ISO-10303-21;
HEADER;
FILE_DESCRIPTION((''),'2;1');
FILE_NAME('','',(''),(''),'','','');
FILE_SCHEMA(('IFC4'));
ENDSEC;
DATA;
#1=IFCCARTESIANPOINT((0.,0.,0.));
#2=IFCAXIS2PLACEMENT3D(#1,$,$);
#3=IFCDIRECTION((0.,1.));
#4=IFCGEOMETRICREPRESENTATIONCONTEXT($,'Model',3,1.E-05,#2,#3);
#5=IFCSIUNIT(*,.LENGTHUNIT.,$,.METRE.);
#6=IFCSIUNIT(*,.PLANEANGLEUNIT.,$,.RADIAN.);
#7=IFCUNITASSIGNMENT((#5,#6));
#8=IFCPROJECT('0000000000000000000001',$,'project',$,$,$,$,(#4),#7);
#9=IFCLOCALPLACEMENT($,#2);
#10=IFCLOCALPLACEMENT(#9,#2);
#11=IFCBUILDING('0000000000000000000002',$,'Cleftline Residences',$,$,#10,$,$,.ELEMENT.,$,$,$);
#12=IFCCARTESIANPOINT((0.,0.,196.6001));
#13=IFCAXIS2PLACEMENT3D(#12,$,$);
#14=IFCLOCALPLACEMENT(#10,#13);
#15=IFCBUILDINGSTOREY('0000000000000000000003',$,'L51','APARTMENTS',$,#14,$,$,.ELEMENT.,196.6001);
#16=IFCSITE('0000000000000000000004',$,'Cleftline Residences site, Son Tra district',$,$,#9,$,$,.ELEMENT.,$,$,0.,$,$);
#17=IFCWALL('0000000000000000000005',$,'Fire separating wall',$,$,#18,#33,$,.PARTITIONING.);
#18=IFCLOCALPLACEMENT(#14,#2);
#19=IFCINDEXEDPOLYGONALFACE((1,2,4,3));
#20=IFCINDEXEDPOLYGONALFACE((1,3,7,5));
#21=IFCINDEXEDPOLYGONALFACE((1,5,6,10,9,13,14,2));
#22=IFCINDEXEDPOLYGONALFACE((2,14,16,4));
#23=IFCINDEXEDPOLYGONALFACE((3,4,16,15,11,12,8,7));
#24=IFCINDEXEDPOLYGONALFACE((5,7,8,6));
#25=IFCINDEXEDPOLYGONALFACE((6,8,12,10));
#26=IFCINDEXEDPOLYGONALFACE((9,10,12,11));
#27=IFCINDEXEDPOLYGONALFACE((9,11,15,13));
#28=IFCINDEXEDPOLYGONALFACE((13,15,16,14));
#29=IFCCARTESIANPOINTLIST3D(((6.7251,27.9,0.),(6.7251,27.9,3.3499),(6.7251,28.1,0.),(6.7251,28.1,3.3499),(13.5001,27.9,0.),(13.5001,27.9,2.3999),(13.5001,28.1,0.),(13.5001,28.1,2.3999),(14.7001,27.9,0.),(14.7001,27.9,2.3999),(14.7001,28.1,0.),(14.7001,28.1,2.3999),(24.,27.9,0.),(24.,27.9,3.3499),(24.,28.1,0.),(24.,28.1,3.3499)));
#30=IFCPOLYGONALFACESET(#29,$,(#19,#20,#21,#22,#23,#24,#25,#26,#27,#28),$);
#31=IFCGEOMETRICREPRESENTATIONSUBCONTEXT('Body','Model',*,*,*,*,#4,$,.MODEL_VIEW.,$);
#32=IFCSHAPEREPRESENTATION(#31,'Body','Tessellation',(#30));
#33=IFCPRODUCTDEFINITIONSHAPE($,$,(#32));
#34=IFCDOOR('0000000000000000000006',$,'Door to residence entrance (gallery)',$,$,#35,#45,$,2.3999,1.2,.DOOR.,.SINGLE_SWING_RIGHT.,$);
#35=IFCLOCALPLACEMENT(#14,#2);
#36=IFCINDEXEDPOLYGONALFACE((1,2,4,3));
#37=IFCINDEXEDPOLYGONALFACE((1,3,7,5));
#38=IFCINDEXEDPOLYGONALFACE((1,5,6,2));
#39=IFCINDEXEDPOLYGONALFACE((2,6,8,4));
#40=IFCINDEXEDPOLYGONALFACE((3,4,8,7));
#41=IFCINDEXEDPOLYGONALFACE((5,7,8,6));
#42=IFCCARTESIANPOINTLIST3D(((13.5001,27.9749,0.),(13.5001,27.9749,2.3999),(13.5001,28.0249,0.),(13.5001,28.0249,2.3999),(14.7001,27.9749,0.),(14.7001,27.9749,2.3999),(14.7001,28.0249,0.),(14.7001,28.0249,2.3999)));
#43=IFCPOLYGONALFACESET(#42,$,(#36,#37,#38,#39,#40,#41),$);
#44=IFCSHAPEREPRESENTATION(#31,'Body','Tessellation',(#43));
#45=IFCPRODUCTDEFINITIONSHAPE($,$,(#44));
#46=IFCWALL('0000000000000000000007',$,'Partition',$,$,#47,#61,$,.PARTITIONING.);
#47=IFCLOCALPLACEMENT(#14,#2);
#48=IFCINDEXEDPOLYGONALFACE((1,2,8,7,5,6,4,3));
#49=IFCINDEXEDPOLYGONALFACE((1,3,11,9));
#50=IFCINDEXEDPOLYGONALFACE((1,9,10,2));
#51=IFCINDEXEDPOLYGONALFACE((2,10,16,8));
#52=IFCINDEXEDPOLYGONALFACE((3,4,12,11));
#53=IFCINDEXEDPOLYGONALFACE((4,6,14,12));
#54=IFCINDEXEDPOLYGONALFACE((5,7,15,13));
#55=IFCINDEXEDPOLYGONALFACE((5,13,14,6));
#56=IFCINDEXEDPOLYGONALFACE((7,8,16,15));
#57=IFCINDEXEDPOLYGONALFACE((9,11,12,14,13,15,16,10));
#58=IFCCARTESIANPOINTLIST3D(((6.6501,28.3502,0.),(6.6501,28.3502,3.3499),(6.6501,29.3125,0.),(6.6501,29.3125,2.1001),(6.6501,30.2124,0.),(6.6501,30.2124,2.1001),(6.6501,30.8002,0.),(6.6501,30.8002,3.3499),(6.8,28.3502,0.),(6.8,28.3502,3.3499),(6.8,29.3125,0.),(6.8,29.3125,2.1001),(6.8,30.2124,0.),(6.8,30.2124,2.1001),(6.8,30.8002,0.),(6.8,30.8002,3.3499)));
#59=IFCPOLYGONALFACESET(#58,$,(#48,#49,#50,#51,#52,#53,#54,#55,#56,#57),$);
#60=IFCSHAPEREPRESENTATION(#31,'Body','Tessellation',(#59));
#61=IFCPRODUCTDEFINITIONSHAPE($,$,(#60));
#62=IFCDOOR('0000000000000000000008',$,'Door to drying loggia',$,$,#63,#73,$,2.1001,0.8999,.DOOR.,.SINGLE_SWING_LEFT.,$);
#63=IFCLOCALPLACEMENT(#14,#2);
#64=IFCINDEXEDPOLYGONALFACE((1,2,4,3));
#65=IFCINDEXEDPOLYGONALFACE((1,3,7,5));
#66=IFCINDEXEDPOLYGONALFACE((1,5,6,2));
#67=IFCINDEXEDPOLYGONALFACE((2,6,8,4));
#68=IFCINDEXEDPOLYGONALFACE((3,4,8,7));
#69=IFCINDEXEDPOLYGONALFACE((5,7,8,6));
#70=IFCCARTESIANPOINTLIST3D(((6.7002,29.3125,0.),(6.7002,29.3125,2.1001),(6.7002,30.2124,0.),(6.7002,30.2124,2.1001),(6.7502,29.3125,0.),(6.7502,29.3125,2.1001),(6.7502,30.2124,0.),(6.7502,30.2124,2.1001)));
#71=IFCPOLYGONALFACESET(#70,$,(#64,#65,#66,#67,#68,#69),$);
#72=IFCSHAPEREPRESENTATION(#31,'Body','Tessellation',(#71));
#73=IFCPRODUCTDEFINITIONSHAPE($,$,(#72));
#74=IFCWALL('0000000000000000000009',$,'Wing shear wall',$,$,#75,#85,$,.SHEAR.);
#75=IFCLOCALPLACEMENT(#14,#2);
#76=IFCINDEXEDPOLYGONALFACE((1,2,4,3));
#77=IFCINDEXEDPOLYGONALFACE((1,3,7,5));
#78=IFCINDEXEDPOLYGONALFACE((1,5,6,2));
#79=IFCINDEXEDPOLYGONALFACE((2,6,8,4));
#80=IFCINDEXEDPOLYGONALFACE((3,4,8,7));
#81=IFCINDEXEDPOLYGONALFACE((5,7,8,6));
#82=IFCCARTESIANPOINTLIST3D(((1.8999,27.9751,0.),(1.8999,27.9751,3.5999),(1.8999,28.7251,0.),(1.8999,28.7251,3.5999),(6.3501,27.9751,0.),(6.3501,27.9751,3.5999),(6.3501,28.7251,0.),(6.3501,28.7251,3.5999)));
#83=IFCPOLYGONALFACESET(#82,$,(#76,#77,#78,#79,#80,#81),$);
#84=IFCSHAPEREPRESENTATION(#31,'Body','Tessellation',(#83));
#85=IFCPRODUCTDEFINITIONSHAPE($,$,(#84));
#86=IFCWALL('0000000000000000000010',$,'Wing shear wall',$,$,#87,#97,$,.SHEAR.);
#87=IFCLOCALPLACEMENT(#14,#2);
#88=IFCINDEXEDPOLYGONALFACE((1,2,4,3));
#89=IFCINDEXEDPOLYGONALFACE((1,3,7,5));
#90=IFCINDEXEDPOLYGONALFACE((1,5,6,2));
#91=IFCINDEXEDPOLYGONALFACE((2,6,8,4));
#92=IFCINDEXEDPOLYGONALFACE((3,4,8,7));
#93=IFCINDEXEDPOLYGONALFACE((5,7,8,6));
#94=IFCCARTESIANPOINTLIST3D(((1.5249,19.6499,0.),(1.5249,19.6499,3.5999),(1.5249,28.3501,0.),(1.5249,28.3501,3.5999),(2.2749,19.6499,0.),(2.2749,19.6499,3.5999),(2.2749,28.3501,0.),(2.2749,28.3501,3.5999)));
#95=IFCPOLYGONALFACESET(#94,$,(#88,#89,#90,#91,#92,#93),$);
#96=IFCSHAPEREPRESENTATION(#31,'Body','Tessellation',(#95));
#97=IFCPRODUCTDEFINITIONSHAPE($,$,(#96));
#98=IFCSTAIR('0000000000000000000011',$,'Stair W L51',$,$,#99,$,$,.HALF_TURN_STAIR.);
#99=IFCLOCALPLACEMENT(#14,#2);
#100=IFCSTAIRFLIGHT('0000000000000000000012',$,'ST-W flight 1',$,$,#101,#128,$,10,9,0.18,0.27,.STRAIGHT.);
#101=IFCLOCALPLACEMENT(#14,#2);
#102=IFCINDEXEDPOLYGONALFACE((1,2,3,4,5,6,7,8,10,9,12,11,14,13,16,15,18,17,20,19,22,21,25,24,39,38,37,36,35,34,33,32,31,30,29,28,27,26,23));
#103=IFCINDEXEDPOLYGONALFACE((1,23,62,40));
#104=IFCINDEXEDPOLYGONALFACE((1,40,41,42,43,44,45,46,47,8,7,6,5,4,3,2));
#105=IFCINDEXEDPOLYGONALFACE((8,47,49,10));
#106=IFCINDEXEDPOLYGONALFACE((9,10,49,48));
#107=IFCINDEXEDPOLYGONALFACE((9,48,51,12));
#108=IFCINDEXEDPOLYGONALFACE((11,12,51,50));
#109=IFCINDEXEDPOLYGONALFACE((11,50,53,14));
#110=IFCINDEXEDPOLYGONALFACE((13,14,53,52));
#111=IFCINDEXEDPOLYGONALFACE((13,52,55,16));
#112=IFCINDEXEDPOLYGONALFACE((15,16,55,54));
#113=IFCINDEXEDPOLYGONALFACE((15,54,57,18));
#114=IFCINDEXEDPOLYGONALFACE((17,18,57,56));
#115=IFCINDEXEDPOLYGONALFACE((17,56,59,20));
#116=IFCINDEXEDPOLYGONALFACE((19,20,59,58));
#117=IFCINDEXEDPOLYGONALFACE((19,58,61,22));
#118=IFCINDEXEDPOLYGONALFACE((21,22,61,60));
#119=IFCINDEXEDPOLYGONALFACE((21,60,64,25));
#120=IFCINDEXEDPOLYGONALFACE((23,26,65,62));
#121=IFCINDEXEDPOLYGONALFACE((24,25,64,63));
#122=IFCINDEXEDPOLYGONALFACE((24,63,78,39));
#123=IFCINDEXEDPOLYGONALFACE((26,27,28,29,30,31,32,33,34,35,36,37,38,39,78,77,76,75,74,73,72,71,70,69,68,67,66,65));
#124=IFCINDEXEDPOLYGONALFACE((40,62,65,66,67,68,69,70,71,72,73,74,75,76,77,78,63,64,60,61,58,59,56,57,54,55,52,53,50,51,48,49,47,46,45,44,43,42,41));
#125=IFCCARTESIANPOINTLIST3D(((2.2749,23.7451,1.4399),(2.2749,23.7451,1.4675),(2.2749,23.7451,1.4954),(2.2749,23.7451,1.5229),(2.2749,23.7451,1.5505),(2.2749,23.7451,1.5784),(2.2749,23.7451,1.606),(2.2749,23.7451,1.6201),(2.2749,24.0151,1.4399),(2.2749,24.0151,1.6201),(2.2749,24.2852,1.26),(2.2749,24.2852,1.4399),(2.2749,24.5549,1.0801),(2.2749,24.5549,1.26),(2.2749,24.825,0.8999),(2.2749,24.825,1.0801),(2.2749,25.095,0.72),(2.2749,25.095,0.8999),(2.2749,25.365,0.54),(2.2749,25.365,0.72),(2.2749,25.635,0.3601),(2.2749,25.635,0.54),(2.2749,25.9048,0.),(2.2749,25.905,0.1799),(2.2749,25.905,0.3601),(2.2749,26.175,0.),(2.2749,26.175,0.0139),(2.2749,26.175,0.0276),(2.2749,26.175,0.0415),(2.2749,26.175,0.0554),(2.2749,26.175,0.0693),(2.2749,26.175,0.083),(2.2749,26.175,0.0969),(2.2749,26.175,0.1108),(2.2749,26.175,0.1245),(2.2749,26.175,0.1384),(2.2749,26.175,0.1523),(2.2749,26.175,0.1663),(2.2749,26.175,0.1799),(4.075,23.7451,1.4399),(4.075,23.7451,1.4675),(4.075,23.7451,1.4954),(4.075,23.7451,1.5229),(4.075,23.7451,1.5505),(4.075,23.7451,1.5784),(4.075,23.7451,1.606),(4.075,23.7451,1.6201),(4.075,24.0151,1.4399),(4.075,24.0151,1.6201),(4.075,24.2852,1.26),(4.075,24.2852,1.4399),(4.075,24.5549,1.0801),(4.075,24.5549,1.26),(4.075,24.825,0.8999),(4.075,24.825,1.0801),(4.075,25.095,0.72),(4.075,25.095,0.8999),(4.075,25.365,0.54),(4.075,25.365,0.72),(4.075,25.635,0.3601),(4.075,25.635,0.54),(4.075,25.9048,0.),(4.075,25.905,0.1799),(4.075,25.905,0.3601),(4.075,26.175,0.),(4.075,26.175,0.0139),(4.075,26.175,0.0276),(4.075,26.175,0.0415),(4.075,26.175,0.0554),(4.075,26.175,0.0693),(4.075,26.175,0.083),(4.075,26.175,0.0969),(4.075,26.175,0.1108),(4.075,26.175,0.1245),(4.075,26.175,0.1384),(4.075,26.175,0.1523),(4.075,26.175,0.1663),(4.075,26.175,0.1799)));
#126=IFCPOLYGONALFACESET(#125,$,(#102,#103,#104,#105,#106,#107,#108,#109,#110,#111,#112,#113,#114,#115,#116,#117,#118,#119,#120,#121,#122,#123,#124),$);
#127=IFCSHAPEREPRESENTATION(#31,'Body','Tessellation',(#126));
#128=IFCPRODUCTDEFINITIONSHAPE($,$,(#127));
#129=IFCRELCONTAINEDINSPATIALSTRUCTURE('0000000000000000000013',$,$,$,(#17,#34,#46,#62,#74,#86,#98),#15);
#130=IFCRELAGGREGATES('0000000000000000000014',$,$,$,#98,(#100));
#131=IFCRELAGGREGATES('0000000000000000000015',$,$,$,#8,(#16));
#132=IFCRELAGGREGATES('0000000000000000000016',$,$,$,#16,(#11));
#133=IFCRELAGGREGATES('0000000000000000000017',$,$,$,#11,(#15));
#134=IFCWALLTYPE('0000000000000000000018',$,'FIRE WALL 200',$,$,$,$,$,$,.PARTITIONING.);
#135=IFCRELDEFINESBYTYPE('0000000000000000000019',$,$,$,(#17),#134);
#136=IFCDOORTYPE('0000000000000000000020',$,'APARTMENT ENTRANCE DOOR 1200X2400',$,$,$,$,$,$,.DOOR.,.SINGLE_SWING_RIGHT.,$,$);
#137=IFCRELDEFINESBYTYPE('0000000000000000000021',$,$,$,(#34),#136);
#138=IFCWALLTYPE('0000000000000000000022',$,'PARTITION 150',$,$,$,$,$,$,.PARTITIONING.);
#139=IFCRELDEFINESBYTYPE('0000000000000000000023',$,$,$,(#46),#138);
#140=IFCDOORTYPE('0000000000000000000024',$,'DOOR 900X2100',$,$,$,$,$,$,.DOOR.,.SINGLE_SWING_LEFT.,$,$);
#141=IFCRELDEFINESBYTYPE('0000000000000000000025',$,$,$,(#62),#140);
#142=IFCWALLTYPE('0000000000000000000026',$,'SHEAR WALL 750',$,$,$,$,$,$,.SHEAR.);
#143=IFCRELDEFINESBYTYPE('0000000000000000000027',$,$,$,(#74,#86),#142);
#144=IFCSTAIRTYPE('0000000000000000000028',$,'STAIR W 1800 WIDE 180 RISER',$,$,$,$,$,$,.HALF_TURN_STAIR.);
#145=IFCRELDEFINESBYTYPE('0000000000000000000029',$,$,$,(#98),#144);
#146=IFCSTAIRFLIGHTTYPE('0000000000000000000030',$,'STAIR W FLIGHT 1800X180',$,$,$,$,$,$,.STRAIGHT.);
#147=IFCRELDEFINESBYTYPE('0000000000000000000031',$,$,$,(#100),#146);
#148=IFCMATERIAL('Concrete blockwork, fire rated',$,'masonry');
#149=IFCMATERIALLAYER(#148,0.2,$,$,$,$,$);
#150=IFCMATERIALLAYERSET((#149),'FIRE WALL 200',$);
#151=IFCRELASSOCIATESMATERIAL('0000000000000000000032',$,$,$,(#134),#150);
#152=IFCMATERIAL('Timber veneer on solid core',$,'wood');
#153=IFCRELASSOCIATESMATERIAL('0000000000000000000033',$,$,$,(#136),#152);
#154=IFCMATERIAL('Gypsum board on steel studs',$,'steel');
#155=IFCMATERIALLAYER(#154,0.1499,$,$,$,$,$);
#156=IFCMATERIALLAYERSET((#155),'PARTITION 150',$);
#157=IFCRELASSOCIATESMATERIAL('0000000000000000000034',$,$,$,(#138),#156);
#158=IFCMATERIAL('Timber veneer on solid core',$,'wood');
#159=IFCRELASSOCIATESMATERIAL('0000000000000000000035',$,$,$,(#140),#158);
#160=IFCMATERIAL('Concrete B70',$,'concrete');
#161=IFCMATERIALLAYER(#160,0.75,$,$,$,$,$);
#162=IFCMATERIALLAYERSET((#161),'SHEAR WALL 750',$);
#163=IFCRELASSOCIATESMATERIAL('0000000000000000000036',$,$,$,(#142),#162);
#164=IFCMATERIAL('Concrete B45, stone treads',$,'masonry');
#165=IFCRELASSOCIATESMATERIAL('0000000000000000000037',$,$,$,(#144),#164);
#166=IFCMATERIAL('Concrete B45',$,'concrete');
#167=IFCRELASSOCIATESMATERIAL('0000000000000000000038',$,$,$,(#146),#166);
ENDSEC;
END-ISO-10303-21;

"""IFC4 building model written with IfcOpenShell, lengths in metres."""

from ifc_helpers import new_model, si_unit, direction, frame, frame_2d, origin, place, context, subcontext, project, spatial, polyline, rectangle, outline, extrude, material, layer, layer_set, type_object, element, fill, aggregate, save


model = new_model("IFC4")

# Units and contexts
model_context = context("Model", 3, precision=1e-05, world=origin(), true_north=direction((0.0, 1.0)))
body_context = subcontext(model_context, "Body", "Model", "MODEL_VIEW")
ifc_project = project(units=[si_unit("LENGTHUNIT", "METRE"), si_unit("PLANEANGLEUNIT", "RADIAN")], contexts=[model_context])

# Site, building, storey
site_placement = place(None, origin())
site = spatial("IfcSite", under=ifc_project, at=site_placement, Name="Cleftline Residences site, Son Tra district", CompositionType="ELEMENT", RefElevation=0.0)
building_placement = place(site_placement, origin())
building = spatial("IfcBuilding", under=site, at=building_placement, Name="Cleftline Residences", CompositionType="ELEMENT")
storey_placement = place(building_placement, frame((0.0, 0.0, 196.6001)))
storey = spatial("IfcBuildingStorey", under=building, at=storey_placement, Name="L51", Description="APARTMENTS", CompositionType="ELEMENT", Elevation=196.6001)

# Shared definitions
ifc_material_1 = material(Name="Concrete blockwork, fire rated", Category="masonry")
ifc_layer_1 = layer(ifc_material_1, 0.2)
ifc_layer_set_1 = layer_set([ifc_layer_1], Name="FIRE WALL 200")
wall_type_1 = type_object("IfcWallType", Name="FIRE WALL 200", PredefinedType="PARTITIONING", material=ifc_layer_set_1)

# Walls, openings, doors
wall_1_placement = place(storey_placement, frame((6.7251, 28.0, 0.0), z_axis=(0.0, 0.0, 1.0), x_axis=(1.0, 0.0, 0.0)))
wall_1 = element("IfcWall", 1, at=wall_1_placement, inside=storey, type_object=wall_type_1, Name="Fire separating wall", PredefinedType="PARTITIONING", context=body_context, shape_type="SweptSolid", body=[
    extrude(rectangle(XDim=17.2749, YDim=0.2, at=frame_2d((8.6375, 0.0))), origin(), (0.0, 0.0, 1.0), 3.3499),
])
opening_1_placement = place(wall_1_placement, frame((6.7749, 0.0, 0.0)))
opening_1 = element("IfcOpeningElement", 2, at=opening_1_placement, cuts=wall_1, PredefinedType="OPENING", context=body_context, shape_type="SweptSolid", body=[
    extrude(rectangle(XDim=1.2, YDim=2.3999, at=frame_2d((0.6001, 1.2))), frame((0.0, 0.1099, 0.0), z_axis=(0.0, -1.0, 0.0), x_axis=(1.0, 0.0, 0.0)), (0.0, 0.0, 1.0), 0.22),
])
ifc_material_2 = material(Name="Timber veneer on solid core", Category="wood")
door_type_1 = type_object("IfcDoorType", Name="APARTMENT ENTRANCE DOOR 1200X2400", OperationType="SINGLE_SWING_RIGHT", PredefinedType="DOOR", material=ifc_material_2)
door_1_placement = place(opening_1_placement, origin())
door_1 = element("IfcDoor", 3, at=door_1_placement, inside=storey, type_object=door_type_1, Name="Door to residence entrance (gallery)", OperationType="SINGLE_SWING_RIGHT", OverallHeight=2.3999, OverallWidth=1.2, PredefinedType="DOOR", context=body_context, shape_type="SweptSolid", body=[
    extrude(rectangle(XDim=1.2, YDim=2.3999, at=frame_2d((0.6001, 1.2))), frame((0.0, 0.0249, 0.0), z_axis=(0.0, -1.0, 0.0), x_axis=(1.0, 0.0, 0.0)), (0.0, 0.0, 1.0), 0.05),
])
fill(opening_1, door_1)
ifc_material_3 = material(Name="Gypsum board on steel studs", Category="steel")
ifc_layer_2 = layer(ifc_material_3, 0.1499)
ifc_layer_set_2 = layer_set([ifc_layer_2], Name="PARTITION 150")
wall_type_2 = type_object("IfcWallType", Name="PARTITION 150", PredefinedType="PARTITIONING", material=ifc_layer_set_2)
wall_2_placement = place(storey_placement, frame((6.7251, 28.3501, 0.0), z_axis=(0.0, 0.0, 1.0), x_axis=(0.0, 1.0, 0.0)))
wall_2 = element("IfcWall", 4, at=wall_2_placement, inside=storey, type_object=wall_type_2, Name="Partition", PredefinedType="PARTITIONING", context=body_context, shape_type="SweptSolid", body=[
    extrude(rectangle(XDim=2.45, YDim=0.1499, at=frame_2d((1.2251, 0.0))), origin(), (0.0, 0.0, 1.0), 3.3499),
])
opening_2_placement = place(wall_2_placement, frame((0.9624, 0.0, 0.0)))
opening_2 = element("IfcOpeningElement", 5, at=opening_2_placement, cuts=wall_2, PredefinedType="OPENING", context=body_context, shape_type="SweptSolid", body=[
    extrude(rectangle(XDim=0.8999, YDim=2.1001, at=frame_2d((0.45, 1.05))), frame((0.0, 0.085, 0.0), z_axis=(0.0, -1.0, 0.0), x_axis=(1.0, 0.0, 0.0)), (0.0, 0.0, 1.0), 0.1699),
])
ifc_material_4 = material(Name="Timber veneer on solid core", Category="wood")
door_type_2 = type_object("IfcDoorType", Name="DOOR 900X2100", OperationType="SINGLE_SWING_LEFT", PredefinedType="DOOR", material=ifc_material_4)
door_2_placement = place(opening_2_placement, origin())
door_2 = element("IfcDoor", 6, at=door_2_placement, inside=storey, type_object=door_type_2, Name="Door to drying loggia", OperationType="SINGLE_SWING_LEFT", OverallHeight=2.1001, OverallWidth=0.8999, PredefinedType="DOOR", context=body_context, shape_type="SweptSolid", body=[
    extrude(rectangle(XDim=0.8999, YDim=2.1001, at=frame_2d((0.45, 1.05))), frame((0.0, 0.0249, 0.0), z_axis=(0.0, -1.0, 0.0), x_axis=(1.0, 0.0, 0.0)), (0.0, 0.0, 1.0), 0.05),
])
fill(opening_2, door_2)

# Walls
ifc_material_5 = material(Name="Concrete B70", Category="concrete")
ifc_layer_3 = layer(ifc_material_5, 0.75)
ifc_layer_set_3 = layer_set([ifc_layer_3], Name="SHEAR WALL 750")
wall_type_3 = type_object("IfcWallType", Name="SHEAR WALL 750", PredefinedType="SHEAR", material=ifc_layer_set_3)
wall_3_placement = place(storey_placement, frame((6.3501, 28.3501, 0.0), z_axis=(0.0, 0.0, 1.0), x_axis=(-1.0, 0.0, 0.0)))
element("IfcWall", 7, at=wall_3_placement, inside=storey, type_object=wall_type_3, Name="Wing shear wall", PredefinedType="SHEAR", context=body_context, shape_type="SweptSolid", body=[
    extrude(rectangle(XDim=4.4502, YDim=0.75, at=frame_2d((2.2251, 0.0))), origin(), (0.0, 0.0, 1.0), 3.5999),
])
wall_4_placement = place(storey_placement, frame((1.8999, 28.3501, 0.0), z_axis=(0.0, 0.0, 1.0), x_axis=(0.0, -1.0, 0.0)))
element("IfcWall", 8, at=wall_4_placement, inside=storey, type_object=wall_type_3, Name="Wing shear wall", PredefinedType="SHEAR", context=body_context, shape_type="SweptSolid", body=[
    extrude(rectangle(XDim=8.7002, YDim=0.75, at=frame_2d((4.3501, 0.0))), origin(), (0.0, 0.0, 1.0), 3.5999),
])

# Stair, stair flight
ifc_material_6 = material(Name="Concrete B45, stone treads", Category="masonry")
stair_type = type_object("IfcStairType", Name="STAIR W 1800 WIDE 180 RISER", PredefinedType="HALF_TURN_STAIR", material=ifc_material_6)
stair_placement = place(storey_placement, origin())
stair = element("IfcStair", 9, at=stair_placement, inside=storey, type_object=stair_type, Name="Stair W L51", PredefinedType="HALF_TURN_STAIR")
ifc_material_7 = material(Name="Concrete B45", Category="concrete")
stair_flight_type = type_object("IfcStairFlightType", Name="STAIR W FLIGHT 1800X180", PredefinedType="STRAIGHT", material=ifc_material_7)
stair_flight_1_placement = place(storey_placement, frame((3.175, 26.175, 0.0), z_axis=(0.0, 0.0, 1.0), x_axis=(0.0, -1.0, 0.0)))
stair_flight_1 = element("IfcStairFlight", 10, at=stair_flight_1_placement, type_object=stair_flight_type, Name="ST-W flight 1", NumberOfRisers=10, NumberOfTreads=9, PredefinedType="STRAIGHT", RiserHeight=0.18, TreadLength=0.27, context=body_context, shape_type="SweptSolid", body=[
    extrude(outline(polyline([(0.0, 0.0), (0.0, 0.0139), (0.0, 0.0276), (0.0, 0.0415), (0.0, 0.0554), (0.0, 0.0693), (0.0, 0.083), (0.0, 0.0969), (0.0, 0.1108), (0.0, 0.1245), (0.0, 0.1384), (0.0, 0.1523), (0.0, 0.1663), (0.0, 0.1799), (0.27, 0.1799), (0.27, 0.3601), (0.54, 0.3601), (0.54, 0.54), (0.8101, 0.54), (0.8101, 0.72), (1.0801, 0.72), (1.0801, 0.8999), (1.3501, 0.8999), (1.3501, 1.0801), (1.6201, 1.0801), (1.6201, 1.26), (1.8899, 1.26), (1.8899, 1.4399), (2.1599, 1.4399), (2.1599, 1.6201), (2.4299, 1.6201), (2.4299, 1.8), (2.4299, 1.7722), (2.4299, 1.7446), (2.4299, 1.7168), (2.4299, 1.6892), (2.4299, 1.6614), (2.4299, 1.6338), (2.4299, 1.606), (2.4299, 1.5784), (2.4299, 1.5505), (2.4299, 1.5229), (2.4299, 1.4954), (2.4299, 1.4675), (2.4299, 1.4399), (0.2703, 0.0), (0.0, 0.0)])), frame((0.0, 0.8999, 0.0), z_axis=(0.0, -1.0, 0.0), x_axis=(1.0, 0.0, 0.0)), (0.0, 0.0, 1.0), 1.8),
])
aggregate(stair, [stair_flight_1])

save(model, "model.ifc")
